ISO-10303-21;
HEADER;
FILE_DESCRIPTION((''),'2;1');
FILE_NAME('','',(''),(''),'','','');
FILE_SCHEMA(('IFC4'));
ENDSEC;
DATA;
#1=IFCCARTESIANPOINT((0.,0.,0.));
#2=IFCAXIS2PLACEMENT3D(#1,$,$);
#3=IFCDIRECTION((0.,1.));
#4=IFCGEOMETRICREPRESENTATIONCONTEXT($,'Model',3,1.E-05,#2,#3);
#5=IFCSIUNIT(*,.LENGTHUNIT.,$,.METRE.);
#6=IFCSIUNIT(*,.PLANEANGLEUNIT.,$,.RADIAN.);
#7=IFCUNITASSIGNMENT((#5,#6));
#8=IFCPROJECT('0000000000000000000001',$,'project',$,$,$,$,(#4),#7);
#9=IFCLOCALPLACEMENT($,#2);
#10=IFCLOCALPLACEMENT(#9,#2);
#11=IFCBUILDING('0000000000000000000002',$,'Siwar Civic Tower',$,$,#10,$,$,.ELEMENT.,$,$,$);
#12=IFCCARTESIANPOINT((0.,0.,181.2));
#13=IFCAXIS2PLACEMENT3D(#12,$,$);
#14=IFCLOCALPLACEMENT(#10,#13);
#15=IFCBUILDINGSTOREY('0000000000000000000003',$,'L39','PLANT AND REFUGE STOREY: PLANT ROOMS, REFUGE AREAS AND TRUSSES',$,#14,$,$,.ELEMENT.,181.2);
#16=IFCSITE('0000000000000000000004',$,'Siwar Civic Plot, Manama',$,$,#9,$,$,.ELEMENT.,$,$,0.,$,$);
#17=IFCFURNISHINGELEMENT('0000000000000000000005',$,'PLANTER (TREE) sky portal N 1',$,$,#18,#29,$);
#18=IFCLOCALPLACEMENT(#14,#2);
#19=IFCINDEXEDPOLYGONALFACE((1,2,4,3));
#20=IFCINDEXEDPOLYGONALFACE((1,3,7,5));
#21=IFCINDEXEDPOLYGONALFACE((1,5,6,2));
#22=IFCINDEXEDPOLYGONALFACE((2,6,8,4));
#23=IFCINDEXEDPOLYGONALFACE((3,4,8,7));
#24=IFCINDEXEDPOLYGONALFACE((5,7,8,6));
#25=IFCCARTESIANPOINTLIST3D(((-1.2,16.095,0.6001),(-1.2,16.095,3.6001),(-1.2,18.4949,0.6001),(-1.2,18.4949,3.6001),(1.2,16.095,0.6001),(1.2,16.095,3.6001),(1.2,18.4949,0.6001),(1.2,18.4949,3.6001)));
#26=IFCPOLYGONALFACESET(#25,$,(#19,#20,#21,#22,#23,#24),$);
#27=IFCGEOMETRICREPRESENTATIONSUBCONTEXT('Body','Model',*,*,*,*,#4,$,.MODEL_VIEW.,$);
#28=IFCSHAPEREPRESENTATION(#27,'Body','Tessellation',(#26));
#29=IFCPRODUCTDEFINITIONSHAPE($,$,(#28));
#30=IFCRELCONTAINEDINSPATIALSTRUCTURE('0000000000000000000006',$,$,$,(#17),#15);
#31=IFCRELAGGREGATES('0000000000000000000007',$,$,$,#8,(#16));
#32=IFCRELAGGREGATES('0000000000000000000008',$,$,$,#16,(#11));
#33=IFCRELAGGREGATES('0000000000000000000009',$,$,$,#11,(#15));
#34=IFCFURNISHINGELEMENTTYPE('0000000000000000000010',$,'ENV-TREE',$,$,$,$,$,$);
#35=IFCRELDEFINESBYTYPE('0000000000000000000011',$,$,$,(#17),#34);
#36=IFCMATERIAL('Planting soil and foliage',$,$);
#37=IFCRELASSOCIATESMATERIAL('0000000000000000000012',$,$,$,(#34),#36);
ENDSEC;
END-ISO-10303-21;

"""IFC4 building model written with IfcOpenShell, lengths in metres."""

from ifc_helpers import new_model, si_unit, direction, frame, origin, origin_2d, place, context, subcontext, project, spatial, rectangle, extrude, material, type_object, element, save


model = new_model("IFC4")

# Units and contexts
model_context = context("Model", 3, precision=1e-05, world=origin(), true_north=direction((0.0, 1.0)))
body_context = subcontext(model_context, "Body", "Model", "MODEL_VIEW")
ifc_project = project(units=[si_unit("LENGTHUNIT", "METRE"), si_unit("PLANEANGLEUNIT", "RADIAN")], contexts=[model_context])

# Site, building, storey
site_placement = place(None, origin())
site = spatial("IfcSite", under=ifc_project, at=site_placement, Name="Siwar Civic Plot, Manama", CompositionType="ELEMENT", RefElevation=0.0)
building_placement = place(site_placement, origin())
building = spatial("IfcBuilding", under=site, at=building_placement, Name="Siwar Civic Tower", CompositionType="ELEMENT")
storey_placement = place(building_placement, frame((0.0, 0.0, 181.2)))
storey = spatial("IfcBuildingStorey", under=building, at=storey_placement, Name="L39", Description="PLANT AND REFUGE STOREY: PLANT ROOMS, REFUGE AREAS AND TRUSSES", CompositionType="ELEMENT", Elevation=181.2)

# Furnishing element
ifc_material_1 = material(Name="Planting soil and foliage")
furnishing_element_type_1 = type_object("IfcFurnishingElementType", Name="ENV-TREE", material=ifc_material_1)
furnishing_1_placement = place(storey_placement, frame((0.0, 17.2949, 0.6001), z_axis=(0.0, 0.0, 1.0), x_axis=(1.0, 0.0, 0.0)))
element("IfcFurnishingElement", 1, at=furnishing_1_placement, inside=storey, type_object=furnishing_element_type_1, Name="PLANTER (TREE) sky portal N 1", context=body_context, shape_type="SweptSolid", body=[
    extrude(rectangle(XDim=2.3999, YDim=2.3999, at=origin_2d()), origin(), (0.0, 0.0, 1.0), 3.0),
])

save(model, "model.ifc")
